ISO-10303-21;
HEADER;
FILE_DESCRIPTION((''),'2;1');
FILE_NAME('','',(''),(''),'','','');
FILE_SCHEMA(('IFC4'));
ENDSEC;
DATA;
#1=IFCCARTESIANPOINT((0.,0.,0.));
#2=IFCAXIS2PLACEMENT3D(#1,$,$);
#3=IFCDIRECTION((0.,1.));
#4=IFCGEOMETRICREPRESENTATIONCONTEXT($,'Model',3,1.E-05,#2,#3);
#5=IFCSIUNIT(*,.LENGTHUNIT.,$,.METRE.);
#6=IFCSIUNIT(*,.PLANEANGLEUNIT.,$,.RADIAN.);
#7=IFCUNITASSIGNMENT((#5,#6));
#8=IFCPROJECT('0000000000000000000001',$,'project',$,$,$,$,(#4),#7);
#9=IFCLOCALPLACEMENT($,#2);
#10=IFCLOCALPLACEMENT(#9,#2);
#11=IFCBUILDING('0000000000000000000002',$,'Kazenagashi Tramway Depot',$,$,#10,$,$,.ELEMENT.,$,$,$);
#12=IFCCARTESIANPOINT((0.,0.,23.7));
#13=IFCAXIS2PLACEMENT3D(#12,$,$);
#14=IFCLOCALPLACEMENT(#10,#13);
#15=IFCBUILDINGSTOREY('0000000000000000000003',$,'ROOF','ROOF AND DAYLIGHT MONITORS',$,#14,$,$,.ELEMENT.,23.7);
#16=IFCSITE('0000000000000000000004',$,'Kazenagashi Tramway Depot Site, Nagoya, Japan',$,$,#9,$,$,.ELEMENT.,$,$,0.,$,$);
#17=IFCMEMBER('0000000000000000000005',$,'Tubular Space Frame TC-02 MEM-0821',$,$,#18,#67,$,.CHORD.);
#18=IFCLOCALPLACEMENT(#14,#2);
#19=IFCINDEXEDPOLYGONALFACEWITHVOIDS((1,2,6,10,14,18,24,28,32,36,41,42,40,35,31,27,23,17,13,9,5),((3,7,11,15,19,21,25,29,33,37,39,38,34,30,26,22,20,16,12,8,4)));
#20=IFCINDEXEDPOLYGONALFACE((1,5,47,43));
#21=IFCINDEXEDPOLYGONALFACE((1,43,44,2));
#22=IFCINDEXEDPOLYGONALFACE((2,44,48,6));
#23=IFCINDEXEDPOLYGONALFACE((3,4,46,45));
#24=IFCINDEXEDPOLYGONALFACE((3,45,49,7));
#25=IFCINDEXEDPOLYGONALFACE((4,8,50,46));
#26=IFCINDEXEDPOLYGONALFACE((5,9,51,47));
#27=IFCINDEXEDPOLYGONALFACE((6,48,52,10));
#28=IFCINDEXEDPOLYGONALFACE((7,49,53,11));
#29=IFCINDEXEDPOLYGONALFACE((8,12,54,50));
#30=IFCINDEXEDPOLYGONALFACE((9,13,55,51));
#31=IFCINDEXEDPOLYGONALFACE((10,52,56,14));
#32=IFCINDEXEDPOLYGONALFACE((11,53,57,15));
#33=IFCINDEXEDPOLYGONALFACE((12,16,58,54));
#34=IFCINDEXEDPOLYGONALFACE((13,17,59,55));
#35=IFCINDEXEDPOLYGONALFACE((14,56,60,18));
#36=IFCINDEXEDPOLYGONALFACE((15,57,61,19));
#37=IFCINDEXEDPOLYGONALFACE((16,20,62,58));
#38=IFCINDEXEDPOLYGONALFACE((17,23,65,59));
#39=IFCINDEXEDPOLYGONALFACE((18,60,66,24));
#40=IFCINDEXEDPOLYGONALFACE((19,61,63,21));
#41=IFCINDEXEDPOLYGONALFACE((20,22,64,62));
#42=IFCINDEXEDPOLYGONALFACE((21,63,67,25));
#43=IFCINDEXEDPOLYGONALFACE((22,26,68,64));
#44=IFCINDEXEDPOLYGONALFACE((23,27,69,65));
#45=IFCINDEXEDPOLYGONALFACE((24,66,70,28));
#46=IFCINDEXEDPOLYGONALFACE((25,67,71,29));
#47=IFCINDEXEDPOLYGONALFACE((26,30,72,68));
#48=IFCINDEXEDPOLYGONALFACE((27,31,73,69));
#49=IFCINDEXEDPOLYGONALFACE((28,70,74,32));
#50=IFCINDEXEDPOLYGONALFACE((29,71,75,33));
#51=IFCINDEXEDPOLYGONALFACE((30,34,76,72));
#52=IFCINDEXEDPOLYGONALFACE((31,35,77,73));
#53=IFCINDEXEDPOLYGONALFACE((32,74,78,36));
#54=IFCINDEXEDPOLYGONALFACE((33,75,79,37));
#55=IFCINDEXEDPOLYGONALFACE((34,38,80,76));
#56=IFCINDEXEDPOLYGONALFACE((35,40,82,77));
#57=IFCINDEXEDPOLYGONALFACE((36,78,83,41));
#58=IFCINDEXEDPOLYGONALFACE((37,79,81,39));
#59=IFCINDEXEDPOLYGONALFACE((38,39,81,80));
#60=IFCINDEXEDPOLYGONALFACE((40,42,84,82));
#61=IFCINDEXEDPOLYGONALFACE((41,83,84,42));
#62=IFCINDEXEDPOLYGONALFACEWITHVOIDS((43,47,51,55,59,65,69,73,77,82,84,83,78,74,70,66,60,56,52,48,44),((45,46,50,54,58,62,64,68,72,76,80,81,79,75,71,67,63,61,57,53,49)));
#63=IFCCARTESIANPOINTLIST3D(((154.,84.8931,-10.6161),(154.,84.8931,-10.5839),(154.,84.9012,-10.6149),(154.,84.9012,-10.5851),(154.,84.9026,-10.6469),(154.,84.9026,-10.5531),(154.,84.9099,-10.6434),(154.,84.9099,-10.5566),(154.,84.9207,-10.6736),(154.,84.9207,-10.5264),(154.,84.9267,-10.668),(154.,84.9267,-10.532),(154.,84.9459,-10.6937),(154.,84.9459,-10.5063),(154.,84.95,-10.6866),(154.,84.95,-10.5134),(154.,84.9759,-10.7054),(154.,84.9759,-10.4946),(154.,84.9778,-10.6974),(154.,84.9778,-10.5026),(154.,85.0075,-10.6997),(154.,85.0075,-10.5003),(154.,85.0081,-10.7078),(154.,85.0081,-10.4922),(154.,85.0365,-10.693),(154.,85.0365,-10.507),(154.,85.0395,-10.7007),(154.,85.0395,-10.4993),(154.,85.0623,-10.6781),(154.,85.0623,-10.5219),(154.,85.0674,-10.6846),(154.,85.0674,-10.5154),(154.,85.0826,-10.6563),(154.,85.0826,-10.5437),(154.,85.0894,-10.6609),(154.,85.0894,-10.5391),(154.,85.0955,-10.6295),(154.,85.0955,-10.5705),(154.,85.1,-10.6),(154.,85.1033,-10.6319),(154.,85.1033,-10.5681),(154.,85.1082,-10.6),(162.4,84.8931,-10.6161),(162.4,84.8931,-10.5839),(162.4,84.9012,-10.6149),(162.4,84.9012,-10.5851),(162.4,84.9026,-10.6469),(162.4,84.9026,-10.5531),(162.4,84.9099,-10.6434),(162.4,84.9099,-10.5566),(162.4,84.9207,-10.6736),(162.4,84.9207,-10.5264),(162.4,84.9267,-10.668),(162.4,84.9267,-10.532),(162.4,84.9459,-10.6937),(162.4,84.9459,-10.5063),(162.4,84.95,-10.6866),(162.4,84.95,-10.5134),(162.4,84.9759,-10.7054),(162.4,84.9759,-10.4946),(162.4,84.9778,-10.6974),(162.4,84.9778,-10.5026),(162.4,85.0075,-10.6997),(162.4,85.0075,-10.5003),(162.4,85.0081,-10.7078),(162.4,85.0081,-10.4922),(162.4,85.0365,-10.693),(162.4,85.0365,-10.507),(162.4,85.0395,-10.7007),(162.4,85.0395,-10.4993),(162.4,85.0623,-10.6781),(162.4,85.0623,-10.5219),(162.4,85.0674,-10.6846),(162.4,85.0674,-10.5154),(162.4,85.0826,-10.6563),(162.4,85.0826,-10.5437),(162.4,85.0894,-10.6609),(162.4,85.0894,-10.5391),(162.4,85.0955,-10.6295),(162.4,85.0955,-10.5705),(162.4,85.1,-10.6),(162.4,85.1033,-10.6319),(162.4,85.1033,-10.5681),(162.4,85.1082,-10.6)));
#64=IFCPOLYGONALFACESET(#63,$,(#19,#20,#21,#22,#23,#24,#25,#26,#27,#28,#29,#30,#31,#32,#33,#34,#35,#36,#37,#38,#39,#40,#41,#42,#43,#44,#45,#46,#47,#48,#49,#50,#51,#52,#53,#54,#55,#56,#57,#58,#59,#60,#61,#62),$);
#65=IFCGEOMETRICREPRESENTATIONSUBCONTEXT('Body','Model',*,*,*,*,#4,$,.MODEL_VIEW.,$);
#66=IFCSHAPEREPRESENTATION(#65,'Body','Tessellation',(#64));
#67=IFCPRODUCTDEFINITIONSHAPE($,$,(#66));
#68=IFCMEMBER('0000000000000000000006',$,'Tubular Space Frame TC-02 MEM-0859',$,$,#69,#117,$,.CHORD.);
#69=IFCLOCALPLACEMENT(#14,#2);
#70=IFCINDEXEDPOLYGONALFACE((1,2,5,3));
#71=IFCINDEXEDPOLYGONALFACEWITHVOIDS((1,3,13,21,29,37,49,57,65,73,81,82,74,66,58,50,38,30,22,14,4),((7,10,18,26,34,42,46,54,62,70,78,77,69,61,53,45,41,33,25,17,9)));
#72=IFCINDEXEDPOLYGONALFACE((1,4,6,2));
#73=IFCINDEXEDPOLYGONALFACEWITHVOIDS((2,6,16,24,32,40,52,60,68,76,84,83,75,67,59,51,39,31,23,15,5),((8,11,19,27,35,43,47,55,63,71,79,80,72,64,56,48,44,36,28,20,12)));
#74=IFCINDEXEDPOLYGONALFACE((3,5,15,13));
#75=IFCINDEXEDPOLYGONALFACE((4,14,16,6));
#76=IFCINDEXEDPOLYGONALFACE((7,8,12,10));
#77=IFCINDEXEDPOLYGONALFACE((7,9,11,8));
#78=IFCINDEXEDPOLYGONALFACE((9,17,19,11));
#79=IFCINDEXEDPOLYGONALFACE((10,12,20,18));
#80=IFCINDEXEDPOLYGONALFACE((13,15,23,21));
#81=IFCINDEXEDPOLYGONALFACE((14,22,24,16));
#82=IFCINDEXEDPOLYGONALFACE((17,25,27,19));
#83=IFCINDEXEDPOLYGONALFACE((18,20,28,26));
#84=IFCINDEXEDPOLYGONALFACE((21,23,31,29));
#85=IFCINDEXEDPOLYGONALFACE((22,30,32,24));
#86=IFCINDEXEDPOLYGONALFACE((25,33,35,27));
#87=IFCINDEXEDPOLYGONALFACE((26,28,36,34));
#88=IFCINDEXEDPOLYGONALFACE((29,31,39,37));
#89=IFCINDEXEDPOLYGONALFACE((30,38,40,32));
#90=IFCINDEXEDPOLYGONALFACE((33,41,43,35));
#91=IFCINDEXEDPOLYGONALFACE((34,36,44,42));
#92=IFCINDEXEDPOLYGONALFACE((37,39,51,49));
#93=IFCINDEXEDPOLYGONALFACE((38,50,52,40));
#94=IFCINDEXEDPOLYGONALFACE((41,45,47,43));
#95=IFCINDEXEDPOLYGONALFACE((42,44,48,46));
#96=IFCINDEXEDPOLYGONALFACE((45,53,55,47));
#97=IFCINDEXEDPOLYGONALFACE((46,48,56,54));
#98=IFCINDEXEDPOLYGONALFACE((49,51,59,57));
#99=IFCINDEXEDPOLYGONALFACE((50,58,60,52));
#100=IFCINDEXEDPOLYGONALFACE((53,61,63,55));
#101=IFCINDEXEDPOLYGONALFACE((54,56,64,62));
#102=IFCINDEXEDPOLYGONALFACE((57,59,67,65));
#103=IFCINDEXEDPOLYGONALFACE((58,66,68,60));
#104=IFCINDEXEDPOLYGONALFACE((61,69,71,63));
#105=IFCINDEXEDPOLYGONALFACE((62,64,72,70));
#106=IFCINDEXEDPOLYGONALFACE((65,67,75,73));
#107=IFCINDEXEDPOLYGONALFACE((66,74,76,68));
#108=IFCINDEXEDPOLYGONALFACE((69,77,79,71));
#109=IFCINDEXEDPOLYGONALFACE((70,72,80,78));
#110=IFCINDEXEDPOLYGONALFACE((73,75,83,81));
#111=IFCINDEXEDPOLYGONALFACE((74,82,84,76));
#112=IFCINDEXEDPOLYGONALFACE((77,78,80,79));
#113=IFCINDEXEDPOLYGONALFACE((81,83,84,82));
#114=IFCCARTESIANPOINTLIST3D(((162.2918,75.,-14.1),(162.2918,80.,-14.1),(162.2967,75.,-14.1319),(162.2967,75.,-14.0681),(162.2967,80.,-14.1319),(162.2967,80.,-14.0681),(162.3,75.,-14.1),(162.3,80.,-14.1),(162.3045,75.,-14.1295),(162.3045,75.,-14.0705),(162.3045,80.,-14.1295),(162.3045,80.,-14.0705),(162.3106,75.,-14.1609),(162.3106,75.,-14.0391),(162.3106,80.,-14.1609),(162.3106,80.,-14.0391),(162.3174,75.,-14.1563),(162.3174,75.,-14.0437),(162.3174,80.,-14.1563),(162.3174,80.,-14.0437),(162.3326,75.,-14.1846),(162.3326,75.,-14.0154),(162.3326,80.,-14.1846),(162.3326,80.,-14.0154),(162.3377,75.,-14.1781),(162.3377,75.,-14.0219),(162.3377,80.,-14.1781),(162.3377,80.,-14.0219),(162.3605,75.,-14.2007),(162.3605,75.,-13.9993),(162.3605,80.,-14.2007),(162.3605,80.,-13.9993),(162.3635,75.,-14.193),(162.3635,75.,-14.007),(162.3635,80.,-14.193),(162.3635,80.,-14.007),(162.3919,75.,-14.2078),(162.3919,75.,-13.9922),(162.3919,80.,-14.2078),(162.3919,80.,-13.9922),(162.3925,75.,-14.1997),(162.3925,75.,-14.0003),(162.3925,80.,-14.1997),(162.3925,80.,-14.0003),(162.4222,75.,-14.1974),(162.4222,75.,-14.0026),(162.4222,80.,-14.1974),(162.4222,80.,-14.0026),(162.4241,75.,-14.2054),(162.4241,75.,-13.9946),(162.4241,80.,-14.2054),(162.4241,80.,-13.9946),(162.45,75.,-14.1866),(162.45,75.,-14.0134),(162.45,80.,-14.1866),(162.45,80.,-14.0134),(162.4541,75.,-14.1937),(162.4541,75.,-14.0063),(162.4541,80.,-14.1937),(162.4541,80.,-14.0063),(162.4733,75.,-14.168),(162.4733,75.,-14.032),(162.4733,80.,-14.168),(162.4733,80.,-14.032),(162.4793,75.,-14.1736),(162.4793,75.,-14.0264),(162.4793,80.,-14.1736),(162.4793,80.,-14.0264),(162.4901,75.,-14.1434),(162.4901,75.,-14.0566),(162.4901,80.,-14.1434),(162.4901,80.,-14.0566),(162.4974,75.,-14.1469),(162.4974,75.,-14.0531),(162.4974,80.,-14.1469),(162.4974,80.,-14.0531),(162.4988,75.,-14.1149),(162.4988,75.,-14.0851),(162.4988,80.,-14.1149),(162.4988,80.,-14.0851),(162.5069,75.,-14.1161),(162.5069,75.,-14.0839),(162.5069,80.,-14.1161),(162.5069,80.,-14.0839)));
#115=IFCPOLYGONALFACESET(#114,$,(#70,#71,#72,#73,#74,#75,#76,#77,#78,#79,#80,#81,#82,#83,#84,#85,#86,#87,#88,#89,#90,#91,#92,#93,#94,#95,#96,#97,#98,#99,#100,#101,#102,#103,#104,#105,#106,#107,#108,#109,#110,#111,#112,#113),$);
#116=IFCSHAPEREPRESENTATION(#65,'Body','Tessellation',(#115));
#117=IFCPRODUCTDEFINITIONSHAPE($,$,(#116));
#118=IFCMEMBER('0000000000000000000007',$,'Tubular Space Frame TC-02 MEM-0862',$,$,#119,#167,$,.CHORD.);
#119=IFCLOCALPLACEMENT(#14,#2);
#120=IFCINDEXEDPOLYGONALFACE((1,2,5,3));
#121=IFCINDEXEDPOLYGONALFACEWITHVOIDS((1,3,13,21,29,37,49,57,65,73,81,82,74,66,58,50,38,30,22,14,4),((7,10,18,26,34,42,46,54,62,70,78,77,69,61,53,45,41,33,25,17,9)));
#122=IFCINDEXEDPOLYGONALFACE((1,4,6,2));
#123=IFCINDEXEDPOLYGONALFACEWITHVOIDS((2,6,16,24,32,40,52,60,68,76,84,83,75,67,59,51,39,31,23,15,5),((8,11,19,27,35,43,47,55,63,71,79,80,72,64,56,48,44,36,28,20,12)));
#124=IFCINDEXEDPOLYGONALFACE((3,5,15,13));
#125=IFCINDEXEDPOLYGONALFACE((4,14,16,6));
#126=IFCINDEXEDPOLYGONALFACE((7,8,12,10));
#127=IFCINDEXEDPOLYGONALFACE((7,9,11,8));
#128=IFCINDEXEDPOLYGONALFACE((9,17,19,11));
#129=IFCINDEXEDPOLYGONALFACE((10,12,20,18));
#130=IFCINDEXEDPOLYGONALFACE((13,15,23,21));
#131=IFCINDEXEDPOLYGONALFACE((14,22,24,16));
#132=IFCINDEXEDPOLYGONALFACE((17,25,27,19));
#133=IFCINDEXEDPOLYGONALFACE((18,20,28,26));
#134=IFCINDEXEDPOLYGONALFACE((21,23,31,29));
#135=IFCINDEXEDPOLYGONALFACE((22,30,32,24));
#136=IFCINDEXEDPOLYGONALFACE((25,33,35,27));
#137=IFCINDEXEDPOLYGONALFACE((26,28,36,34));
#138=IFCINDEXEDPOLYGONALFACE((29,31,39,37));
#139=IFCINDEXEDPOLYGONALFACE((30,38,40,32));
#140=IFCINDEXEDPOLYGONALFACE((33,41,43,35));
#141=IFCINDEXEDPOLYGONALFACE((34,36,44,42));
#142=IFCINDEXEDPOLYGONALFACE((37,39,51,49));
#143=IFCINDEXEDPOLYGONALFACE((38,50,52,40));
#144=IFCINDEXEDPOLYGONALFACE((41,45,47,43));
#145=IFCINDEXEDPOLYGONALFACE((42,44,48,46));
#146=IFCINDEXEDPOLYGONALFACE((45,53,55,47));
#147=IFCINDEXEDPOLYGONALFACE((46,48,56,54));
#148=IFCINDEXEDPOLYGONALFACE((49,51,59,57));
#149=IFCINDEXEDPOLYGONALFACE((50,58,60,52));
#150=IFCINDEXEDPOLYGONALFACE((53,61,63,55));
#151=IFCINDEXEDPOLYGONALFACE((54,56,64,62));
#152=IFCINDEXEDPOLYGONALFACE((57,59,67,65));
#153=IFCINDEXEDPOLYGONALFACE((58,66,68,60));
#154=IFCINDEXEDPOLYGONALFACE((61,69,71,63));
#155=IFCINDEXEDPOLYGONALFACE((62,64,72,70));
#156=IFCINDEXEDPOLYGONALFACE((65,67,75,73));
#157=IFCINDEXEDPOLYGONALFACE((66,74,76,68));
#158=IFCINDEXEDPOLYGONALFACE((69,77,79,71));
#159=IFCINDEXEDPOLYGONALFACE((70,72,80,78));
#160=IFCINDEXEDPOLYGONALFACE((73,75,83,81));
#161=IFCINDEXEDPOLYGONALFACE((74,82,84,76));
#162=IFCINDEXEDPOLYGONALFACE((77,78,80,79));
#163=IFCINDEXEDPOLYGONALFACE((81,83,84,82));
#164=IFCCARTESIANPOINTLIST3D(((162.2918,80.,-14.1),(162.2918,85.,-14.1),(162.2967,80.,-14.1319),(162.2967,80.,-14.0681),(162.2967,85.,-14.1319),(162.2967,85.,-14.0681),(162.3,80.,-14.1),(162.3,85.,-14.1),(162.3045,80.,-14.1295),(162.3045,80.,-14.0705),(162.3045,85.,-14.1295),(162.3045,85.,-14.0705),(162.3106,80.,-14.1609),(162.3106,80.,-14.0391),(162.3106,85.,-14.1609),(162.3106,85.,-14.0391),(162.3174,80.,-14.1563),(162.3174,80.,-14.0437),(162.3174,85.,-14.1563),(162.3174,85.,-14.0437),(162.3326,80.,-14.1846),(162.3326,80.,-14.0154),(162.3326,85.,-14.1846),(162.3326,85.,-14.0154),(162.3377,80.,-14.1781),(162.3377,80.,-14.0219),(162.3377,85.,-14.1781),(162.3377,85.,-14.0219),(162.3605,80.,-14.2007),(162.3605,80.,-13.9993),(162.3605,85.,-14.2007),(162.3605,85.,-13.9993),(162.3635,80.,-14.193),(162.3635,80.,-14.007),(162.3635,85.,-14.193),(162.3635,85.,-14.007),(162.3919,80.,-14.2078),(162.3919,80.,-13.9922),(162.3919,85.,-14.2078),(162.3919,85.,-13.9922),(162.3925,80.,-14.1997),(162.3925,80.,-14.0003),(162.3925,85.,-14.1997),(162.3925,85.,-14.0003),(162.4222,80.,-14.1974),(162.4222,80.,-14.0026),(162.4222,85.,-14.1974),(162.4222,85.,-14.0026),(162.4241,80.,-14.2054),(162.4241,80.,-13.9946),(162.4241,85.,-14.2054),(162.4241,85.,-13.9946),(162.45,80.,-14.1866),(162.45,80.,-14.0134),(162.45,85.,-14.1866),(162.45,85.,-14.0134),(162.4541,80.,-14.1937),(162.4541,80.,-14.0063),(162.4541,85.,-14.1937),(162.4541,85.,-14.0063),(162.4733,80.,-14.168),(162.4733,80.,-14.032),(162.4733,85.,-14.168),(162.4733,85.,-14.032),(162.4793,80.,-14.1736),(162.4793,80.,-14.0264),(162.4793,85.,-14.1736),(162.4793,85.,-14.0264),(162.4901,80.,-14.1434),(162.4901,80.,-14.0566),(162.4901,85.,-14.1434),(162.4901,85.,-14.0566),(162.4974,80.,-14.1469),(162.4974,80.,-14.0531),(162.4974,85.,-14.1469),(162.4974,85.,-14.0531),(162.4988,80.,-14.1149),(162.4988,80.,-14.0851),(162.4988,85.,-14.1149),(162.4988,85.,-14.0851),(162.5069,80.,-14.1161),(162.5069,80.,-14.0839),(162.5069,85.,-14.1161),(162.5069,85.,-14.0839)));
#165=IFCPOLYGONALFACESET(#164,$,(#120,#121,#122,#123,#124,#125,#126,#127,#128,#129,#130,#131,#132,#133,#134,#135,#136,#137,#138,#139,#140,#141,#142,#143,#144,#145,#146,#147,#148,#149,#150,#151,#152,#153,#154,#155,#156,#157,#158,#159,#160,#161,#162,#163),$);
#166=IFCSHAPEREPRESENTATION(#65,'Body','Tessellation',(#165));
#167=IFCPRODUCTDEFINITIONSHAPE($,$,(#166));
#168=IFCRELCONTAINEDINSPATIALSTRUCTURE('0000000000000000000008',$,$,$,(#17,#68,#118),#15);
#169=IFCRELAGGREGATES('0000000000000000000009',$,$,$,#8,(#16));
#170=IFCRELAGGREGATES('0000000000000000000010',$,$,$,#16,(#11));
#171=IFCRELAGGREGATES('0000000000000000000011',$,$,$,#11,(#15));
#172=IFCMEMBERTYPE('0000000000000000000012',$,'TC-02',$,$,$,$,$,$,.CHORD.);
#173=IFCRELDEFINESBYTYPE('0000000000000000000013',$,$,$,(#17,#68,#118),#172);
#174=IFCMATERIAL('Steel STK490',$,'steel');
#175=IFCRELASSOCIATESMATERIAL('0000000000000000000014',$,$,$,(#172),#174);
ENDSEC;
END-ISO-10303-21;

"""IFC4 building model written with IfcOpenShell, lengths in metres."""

from ifc_helpers import new_model, si_unit, direction, frame, origin, origin_2d, place, context, subcontext, project, spatial, hollow_circle, extrude, material, material_profile, profile_set, type_object, element, save


model = new_model("IFC4")

# Units and contexts
model_context = context("Model", 3, precision=1e-05, world=origin(), true_north=direction((0.0, 1.0)))
body_context = subcontext(model_context, "Body", "Model", "MODEL_VIEW")
ifc_project = project(units=[si_unit("LENGTHUNIT", "METRE"), si_unit("PLANEANGLEUNIT", "RADIAN")], contexts=[model_context])

# Site, building, storey
site_placement = place(None, origin())
site = spatial("IfcSite", under=ifc_project, at=site_placement, Name="Kazenagashi Tramway Depot Site, Nagoya, Japan", CompositionType="ELEMENT", RefElevation=0.0)
building_placement = place(site_placement, origin())
building = spatial("IfcBuilding", under=site, at=building_placement, Name="Kazenagashi Tramway Depot", CompositionType="ELEMENT")
storey_placement = place(building_placement, frame((0.0, 0.0, 23.7)))
storey = spatial("IfcBuildingStorey", under=building, at=storey_placement, Name="ROOF", Description="ROOF AND DAYLIGHT MONITORS", CompositionType="ELEMENT", Elevation=23.7)

# Members
ifc_material_1 = material(Name="Steel STK490", Category="steel")
ifc_material_profile_1 = material_profile(ifc_material_1, hollow_circle(Radius=0.1081, WallThickness=0.0082, at=origin_2d()), Name="CHS-216.3x8.2")
ifc_profile_set_1 = profile_set([ifc_material_profile_1], Name="Steel STK490")
member_type_1 = type_object("IfcMemberType", Name="TC-02", PredefinedType="CHORD", material=ifc_profile_set_1)
for number, where, z_axis, x_axis, name in (
    (1, (154.0, 85.0, -10.6), (1.0, 0.0, 0.0), (0.0, 1.0, 0.0), "Tubular Space Frame TC-02 MEM-0821"),
):
    element("IfcMember", number, at=place(storey_placement, frame(where, z_axis=z_axis, x_axis=x_axis)), inside=storey, type_object=member_type_1, Name=name, PredefinedType="CHORD", context=body_context, shape_type="SweptSolid", body=[
        extrude(hollow_circle(Radius=0.1081, WallThickness=0.0082, at=origin_2d()), origin(), (0.0, 0.0, 1.0), 8.4),
    ])
for number, where, z_axis, x_axis, name in (
    (2, (162.4, 75.0, -14.1), (0.0, 1.0, 0.0), (-1.0, 0.0, 0.0), "Tubular Space Frame TC-02 MEM-0859"),
    (3, (162.4, 80.0, -14.1), (0.0, 1.0, 0.0), (-1.0, 0.0, 0.0), "Tubular Space Frame TC-02 MEM-0862"),
):
    element("IfcMember", number, at=place(storey_placement, frame(where, z_axis=z_axis, x_axis=x_axis)), inside=storey, type_object=member_type_1, Name=name, PredefinedType="CHORD", context=body_context, shape_type="SweptSolid", body=[
        extrude(hollow_circle(Radius=0.1081, WallThickness=0.0082, at=origin_2d()), origin(), (0.0, 0.0, 1.0), 5.0),
    ])

save(model, "model.ifc")
